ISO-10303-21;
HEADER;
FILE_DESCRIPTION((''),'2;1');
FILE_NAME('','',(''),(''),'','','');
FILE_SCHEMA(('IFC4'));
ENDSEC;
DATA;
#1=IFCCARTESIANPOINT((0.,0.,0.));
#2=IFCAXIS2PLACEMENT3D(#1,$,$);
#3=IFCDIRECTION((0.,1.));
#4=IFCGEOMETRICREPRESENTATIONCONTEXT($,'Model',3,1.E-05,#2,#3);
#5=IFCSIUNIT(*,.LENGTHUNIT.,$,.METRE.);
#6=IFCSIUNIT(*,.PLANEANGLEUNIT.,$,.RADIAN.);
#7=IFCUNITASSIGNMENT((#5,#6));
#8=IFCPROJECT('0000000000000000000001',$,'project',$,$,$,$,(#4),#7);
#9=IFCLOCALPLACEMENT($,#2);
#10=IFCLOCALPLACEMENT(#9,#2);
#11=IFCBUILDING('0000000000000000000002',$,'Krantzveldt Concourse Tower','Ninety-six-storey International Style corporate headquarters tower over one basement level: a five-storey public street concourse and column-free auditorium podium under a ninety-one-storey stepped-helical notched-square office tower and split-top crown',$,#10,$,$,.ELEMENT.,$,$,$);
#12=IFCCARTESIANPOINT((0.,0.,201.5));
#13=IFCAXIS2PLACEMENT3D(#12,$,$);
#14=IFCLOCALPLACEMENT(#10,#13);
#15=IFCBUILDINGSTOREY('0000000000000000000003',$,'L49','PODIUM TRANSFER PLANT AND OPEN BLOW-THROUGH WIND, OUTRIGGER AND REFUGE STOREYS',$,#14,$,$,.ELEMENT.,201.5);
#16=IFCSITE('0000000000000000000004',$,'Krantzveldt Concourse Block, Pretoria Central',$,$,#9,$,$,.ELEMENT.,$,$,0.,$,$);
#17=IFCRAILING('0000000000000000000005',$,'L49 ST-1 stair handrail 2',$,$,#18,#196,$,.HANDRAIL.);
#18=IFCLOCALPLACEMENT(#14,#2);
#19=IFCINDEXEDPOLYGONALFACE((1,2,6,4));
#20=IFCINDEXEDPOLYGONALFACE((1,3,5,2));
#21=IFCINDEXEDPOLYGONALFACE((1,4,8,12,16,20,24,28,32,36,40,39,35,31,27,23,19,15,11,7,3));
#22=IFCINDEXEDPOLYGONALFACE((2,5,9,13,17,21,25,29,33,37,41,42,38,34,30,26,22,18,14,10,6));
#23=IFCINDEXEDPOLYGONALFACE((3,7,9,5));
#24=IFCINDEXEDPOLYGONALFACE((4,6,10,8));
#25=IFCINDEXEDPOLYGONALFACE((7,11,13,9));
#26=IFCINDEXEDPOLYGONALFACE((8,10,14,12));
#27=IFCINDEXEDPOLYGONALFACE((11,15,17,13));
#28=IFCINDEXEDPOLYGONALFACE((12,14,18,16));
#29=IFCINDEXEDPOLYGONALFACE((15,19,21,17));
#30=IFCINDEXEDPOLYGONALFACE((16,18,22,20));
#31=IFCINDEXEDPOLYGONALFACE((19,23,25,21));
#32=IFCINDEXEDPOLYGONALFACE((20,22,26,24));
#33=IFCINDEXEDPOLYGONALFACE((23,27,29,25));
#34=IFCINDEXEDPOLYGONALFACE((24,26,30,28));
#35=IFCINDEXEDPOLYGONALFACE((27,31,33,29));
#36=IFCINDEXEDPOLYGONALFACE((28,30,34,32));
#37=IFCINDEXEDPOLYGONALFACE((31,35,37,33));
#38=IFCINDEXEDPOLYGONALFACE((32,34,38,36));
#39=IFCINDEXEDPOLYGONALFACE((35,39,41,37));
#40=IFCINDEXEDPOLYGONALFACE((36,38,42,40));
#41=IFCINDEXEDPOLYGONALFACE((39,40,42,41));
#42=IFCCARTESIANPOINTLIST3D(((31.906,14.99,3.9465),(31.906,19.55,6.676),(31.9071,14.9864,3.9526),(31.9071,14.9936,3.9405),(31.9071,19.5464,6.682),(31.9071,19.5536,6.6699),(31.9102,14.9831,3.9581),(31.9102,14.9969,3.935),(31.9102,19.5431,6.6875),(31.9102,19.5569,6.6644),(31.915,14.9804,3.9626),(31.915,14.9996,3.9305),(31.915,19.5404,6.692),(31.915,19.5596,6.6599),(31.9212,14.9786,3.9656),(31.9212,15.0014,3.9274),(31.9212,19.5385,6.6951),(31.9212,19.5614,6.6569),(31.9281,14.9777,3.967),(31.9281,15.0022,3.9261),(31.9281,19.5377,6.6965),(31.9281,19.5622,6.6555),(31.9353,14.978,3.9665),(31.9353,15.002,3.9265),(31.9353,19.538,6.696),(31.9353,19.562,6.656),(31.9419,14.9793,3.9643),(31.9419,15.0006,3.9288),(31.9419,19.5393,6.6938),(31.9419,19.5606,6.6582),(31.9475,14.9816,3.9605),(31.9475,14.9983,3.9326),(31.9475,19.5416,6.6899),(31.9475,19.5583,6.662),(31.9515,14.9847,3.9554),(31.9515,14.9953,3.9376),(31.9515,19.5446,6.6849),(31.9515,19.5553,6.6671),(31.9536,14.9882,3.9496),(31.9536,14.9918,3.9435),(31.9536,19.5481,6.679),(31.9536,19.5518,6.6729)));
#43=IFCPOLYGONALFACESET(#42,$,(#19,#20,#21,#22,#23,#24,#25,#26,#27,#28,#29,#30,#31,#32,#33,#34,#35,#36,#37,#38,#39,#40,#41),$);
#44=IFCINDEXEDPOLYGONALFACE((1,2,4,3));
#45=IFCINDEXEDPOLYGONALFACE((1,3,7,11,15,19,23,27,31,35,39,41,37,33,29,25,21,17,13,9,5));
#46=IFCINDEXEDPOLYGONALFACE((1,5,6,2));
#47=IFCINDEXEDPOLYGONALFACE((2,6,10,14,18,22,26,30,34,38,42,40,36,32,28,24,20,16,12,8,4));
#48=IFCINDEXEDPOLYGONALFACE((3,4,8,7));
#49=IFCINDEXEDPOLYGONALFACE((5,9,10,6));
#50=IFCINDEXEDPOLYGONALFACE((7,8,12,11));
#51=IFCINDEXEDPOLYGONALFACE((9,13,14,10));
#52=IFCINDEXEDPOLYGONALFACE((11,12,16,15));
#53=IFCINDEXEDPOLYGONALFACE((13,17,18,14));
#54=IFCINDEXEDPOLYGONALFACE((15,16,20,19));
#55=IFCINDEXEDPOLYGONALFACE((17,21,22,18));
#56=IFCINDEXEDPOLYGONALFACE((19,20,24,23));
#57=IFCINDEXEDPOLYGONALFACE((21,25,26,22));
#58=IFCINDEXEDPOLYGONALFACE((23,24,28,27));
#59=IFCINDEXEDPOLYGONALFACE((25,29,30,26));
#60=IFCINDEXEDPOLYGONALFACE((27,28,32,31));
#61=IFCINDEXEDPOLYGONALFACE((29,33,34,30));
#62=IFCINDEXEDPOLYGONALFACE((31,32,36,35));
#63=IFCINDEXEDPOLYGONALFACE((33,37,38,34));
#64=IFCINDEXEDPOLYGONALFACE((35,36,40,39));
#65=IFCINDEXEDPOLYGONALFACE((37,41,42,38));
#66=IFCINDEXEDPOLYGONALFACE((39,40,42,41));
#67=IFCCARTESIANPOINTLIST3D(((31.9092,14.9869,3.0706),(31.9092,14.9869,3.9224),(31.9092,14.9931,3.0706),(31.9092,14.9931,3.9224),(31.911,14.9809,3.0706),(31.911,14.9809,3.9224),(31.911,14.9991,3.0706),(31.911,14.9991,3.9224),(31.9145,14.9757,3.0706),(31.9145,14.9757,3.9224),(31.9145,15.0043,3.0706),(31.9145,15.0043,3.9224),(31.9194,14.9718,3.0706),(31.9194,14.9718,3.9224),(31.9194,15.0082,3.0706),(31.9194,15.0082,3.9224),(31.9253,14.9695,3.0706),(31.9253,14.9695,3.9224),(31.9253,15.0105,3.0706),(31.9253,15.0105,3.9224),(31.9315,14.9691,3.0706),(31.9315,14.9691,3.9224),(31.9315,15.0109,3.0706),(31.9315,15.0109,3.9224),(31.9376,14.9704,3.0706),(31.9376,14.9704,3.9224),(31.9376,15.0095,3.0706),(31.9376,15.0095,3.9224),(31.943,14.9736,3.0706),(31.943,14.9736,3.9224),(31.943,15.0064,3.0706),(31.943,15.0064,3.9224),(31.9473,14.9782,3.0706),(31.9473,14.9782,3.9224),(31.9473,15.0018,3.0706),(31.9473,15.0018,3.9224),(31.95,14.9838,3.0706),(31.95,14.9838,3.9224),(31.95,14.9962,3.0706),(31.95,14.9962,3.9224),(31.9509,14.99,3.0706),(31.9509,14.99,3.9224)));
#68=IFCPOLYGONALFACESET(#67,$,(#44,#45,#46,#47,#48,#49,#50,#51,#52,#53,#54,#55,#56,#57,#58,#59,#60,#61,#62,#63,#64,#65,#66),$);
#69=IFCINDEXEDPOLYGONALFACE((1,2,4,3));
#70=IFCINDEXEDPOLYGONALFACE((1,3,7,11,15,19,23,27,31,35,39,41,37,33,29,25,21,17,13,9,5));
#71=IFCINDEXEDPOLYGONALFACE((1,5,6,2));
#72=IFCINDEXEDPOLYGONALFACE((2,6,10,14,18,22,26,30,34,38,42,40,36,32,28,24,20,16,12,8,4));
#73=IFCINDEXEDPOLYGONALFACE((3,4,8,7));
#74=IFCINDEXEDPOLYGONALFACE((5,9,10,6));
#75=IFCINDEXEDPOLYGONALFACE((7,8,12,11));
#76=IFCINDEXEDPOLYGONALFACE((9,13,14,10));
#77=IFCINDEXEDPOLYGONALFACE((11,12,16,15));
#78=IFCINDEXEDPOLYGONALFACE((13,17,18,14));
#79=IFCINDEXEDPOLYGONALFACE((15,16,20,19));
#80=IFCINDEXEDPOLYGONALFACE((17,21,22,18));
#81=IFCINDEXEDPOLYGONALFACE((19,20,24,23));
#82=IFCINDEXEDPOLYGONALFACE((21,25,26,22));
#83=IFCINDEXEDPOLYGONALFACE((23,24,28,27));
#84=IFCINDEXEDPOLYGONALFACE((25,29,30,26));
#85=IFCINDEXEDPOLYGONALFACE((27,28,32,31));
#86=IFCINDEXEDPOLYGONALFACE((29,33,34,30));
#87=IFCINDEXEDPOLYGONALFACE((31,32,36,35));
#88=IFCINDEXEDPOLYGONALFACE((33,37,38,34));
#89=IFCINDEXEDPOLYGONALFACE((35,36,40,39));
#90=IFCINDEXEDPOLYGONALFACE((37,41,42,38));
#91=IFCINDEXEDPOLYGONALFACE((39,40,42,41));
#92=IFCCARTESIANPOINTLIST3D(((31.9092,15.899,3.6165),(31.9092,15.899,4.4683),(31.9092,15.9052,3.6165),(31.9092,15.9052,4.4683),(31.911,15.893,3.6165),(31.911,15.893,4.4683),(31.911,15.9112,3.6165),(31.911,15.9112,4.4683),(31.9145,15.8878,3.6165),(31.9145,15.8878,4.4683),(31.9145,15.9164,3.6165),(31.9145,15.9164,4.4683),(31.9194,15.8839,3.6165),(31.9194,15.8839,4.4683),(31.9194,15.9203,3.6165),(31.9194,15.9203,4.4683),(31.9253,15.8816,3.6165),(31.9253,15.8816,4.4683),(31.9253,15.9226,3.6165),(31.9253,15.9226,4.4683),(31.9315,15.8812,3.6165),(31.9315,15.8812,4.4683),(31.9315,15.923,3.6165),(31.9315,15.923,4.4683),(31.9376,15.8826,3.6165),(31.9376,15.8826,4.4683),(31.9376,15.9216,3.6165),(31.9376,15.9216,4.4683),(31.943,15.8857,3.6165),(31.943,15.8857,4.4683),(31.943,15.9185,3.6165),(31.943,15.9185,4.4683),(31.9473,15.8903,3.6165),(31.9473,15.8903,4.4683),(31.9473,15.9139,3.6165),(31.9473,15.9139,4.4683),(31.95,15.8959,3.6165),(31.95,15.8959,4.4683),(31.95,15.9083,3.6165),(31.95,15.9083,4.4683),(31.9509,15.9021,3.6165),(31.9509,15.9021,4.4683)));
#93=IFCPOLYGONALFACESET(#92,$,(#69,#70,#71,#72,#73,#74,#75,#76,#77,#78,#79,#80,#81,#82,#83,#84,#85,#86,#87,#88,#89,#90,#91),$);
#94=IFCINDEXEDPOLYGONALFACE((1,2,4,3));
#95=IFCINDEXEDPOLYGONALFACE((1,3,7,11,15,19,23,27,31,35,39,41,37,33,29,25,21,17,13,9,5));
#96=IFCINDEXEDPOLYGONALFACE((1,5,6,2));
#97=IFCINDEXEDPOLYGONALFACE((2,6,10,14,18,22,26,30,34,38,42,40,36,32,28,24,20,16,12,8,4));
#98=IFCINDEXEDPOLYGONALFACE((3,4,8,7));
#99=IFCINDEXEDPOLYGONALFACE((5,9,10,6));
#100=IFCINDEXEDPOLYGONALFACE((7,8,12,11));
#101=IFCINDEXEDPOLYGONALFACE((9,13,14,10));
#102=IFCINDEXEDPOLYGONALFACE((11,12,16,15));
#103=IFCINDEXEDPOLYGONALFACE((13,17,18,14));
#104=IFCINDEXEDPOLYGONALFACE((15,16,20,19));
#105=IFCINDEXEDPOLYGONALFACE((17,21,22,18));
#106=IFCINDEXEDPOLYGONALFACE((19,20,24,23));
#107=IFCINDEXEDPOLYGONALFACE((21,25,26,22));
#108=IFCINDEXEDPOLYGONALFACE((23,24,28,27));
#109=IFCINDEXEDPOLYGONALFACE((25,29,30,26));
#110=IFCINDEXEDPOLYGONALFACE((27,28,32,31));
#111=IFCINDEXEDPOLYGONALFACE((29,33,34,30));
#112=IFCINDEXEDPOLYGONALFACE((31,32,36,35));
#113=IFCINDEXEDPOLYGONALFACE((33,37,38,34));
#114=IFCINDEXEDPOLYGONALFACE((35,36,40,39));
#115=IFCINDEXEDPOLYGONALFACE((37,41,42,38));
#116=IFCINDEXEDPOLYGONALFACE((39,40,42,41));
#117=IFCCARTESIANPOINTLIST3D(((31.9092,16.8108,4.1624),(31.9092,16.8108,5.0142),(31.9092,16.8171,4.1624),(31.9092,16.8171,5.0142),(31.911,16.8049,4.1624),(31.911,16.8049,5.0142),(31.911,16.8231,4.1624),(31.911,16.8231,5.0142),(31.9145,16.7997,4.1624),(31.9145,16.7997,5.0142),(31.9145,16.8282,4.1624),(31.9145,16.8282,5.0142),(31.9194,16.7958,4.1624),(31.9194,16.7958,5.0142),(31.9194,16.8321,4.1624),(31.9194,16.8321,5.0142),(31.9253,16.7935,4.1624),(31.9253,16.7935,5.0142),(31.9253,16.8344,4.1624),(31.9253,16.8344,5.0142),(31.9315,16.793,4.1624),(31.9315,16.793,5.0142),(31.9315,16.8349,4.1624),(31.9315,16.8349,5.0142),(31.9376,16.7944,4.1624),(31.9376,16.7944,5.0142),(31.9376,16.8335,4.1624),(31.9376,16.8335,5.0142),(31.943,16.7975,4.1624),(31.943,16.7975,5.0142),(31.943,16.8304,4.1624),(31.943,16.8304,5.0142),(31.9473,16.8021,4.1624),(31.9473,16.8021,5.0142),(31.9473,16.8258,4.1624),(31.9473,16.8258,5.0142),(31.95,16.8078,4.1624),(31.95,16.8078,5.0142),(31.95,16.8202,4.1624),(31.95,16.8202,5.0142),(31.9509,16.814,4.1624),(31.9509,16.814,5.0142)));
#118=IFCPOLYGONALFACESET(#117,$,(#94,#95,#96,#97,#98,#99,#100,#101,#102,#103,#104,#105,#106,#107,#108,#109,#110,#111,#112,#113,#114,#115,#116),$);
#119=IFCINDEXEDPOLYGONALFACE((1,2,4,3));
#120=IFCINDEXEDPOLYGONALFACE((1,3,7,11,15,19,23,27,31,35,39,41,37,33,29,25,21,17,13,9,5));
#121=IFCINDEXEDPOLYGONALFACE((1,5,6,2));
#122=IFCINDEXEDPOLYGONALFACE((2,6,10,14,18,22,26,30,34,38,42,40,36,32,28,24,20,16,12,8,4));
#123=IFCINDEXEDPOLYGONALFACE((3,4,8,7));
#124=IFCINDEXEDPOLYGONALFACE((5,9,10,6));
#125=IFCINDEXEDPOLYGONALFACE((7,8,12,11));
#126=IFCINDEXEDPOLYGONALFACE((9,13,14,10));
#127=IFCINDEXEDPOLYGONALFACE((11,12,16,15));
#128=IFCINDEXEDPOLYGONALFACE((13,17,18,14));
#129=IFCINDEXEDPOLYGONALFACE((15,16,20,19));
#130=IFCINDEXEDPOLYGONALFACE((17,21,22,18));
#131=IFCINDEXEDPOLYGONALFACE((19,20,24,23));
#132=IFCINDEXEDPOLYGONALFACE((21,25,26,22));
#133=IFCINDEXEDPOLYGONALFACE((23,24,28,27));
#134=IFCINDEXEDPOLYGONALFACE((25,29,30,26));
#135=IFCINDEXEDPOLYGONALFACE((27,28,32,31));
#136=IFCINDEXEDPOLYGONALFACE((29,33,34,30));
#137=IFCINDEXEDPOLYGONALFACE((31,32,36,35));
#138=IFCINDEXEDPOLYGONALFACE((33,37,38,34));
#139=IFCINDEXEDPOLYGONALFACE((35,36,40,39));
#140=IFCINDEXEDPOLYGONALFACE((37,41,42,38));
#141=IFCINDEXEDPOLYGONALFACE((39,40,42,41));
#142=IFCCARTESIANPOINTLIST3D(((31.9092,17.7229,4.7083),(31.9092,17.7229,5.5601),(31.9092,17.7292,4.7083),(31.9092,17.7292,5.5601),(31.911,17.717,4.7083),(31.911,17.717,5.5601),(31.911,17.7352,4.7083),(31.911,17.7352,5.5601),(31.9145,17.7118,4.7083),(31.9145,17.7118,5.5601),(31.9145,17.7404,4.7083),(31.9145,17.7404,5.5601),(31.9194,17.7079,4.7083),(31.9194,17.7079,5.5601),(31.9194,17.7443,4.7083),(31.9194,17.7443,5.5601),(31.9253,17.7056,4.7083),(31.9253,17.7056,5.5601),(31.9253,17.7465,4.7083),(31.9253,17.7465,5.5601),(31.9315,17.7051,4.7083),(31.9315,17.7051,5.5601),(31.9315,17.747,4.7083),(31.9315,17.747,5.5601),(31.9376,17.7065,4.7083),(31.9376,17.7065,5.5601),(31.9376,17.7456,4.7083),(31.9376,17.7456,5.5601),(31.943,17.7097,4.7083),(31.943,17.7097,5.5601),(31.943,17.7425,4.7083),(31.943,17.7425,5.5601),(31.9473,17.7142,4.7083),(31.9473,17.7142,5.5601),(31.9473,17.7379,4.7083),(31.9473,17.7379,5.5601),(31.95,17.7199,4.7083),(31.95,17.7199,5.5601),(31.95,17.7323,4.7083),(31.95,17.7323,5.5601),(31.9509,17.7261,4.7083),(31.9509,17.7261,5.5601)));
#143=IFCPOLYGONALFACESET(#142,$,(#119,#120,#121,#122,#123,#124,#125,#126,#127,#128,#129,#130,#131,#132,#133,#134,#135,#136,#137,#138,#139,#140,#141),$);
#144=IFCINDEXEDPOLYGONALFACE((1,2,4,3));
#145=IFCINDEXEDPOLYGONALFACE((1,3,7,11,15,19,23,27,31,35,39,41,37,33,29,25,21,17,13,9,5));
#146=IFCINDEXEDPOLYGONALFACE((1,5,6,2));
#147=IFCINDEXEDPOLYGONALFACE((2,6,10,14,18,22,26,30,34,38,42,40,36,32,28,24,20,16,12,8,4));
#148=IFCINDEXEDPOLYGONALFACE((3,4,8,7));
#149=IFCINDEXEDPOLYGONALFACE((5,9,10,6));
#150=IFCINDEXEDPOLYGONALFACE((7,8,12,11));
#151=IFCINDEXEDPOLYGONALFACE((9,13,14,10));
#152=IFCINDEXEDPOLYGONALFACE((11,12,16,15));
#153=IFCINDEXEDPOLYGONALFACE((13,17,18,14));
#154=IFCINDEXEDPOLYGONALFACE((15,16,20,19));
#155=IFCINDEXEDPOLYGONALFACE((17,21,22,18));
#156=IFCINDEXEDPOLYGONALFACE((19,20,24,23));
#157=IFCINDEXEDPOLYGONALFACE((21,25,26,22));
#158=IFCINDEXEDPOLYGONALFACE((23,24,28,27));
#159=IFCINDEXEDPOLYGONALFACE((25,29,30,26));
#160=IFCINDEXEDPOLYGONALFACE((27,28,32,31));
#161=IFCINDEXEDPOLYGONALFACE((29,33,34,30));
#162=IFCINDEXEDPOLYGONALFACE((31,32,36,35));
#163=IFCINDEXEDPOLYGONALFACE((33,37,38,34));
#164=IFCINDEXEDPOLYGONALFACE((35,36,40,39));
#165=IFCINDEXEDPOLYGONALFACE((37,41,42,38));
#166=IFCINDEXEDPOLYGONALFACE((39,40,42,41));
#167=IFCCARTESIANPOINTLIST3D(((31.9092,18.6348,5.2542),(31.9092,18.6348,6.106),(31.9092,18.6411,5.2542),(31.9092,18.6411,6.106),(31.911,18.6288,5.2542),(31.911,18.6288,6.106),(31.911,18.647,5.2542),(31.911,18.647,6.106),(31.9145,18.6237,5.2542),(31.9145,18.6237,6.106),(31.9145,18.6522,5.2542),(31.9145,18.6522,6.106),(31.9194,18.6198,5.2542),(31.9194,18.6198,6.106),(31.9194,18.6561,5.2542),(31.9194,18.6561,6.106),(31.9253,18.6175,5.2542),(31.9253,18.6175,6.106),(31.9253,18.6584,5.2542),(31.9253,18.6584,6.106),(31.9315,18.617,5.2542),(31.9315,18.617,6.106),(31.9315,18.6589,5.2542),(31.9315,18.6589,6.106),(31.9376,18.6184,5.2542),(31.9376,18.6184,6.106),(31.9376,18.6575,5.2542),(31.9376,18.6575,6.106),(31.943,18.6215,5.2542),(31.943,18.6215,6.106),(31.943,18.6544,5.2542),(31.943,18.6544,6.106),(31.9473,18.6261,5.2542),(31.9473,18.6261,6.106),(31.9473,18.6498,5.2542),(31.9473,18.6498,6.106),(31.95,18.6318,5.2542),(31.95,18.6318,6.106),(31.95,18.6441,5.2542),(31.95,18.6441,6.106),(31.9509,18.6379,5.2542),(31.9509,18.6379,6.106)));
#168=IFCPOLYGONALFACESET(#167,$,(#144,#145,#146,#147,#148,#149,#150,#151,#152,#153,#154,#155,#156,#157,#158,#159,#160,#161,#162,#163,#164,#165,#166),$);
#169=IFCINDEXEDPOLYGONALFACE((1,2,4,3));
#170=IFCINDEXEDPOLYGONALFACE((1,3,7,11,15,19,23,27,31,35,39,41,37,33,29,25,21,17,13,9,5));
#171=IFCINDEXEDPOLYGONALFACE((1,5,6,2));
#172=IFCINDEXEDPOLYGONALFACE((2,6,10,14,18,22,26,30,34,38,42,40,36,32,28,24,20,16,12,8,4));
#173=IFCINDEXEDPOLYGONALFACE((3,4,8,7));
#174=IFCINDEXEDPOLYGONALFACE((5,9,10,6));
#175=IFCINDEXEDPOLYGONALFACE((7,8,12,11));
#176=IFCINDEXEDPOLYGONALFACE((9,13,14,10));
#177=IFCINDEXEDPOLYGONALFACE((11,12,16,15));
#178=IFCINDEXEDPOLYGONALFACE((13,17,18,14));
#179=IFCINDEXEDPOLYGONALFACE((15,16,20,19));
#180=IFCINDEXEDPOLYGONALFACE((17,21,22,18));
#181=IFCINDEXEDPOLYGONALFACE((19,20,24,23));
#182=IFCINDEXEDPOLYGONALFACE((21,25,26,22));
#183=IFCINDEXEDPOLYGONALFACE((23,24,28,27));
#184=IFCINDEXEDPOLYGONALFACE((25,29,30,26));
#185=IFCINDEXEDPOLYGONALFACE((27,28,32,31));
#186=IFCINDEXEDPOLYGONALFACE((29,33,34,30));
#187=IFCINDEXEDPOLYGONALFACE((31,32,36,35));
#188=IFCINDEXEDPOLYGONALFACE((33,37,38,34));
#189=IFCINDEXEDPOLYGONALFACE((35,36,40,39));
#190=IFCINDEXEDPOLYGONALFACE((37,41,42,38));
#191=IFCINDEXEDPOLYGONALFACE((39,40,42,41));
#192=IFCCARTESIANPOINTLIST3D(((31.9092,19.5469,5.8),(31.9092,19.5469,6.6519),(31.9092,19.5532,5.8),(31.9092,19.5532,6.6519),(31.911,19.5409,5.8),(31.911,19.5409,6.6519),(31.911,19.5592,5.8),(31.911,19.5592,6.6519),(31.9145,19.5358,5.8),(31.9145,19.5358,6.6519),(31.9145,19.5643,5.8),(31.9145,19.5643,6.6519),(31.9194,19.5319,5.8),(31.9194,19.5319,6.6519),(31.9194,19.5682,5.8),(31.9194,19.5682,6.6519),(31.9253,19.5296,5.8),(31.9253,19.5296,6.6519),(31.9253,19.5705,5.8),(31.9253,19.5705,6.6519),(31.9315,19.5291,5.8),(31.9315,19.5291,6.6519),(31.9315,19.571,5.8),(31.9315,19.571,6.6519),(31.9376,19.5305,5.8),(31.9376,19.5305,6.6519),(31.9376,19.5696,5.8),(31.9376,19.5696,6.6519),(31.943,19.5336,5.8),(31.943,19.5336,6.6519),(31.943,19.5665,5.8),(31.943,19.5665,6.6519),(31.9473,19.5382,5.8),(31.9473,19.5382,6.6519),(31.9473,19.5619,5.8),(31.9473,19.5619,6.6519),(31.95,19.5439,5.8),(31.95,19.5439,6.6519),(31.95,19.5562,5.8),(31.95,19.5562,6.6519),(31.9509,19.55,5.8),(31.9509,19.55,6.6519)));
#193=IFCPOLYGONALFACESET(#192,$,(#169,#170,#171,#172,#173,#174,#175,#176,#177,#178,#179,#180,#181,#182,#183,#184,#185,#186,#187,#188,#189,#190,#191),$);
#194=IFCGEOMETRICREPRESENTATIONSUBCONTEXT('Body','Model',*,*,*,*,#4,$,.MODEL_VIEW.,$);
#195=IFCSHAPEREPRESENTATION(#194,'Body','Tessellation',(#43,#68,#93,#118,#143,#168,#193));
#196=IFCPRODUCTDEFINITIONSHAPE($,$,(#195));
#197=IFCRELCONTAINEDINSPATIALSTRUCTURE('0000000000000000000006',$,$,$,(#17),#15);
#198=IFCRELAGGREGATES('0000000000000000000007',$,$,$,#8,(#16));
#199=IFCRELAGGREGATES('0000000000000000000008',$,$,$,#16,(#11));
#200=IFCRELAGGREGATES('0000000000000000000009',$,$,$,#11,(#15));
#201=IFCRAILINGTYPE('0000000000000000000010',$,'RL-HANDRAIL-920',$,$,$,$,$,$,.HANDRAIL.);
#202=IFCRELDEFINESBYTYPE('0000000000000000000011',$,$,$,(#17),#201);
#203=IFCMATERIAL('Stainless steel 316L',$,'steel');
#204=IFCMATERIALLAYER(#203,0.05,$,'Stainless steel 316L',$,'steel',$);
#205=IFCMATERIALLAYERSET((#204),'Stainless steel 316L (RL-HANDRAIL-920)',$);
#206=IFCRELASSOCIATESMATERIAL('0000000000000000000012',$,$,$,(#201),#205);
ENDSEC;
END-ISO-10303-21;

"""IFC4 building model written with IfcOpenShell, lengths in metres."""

from ifc_helpers import new_model, si_unit, direction, frame, origin, origin_2d, place, context, subcontext, project, spatial, circle, extrude, material, layer, layer_set, type_object, element, save


model = new_model("IFC4")

# Units and contexts
model_context = context("Model", 3, precision=1e-05, world=origin(), true_north=direction((0.0, 1.0)))
body_context = subcontext(model_context, "Body", "Model", "MODEL_VIEW")
ifc_project = project(units=[si_unit("LENGTHUNIT", "METRE"), si_unit("PLANEANGLEUNIT", "RADIAN")], contexts=[model_context])

# Site, building, storey
site_placement = place(None, origin())
site = spatial("IfcSite", under=ifc_project, at=site_placement, Name="Krantzveldt Concourse Block, Pretoria Central", CompositionType="ELEMENT", RefElevation=0.0)
building_placement = place(site_placement, origin())
building = spatial("IfcBuilding", under=site, at=building_placement, Name="Krantzveldt Concourse Tower", Description="Ninety-six-storey International Style corporate headquarters tower over one basement level: a five-storey public street concourse and column-free auditorium podium under a ninety-one-storey stepped-helical notched-square office tower and split-top crown", CompositionType="ELEMENT")
storey_placement = place(building_placement, frame((0.0, 0.0, 201.5)))
storey = spatial("IfcBuildingStorey", under=building, at=storey_placement, Name="L49", Description="PODIUM TRANSFER PLANT AND OPEN BLOW-THROUGH WIND, OUTRIGGER AND REFUGE STOREYS", CompositionType="ELEMENT", Elevation=201.5)

# Shared definitions
ifc_material_1 = material(Name="Stainless steel 316L", Category="steel")

# Railing
ifc_layer_1 = layer(ifc_material_1, 0.05, Name="Stainless steel 316L", Category="steel")
ifc_layer_set_1 = layer_set([ifc_layer_1], Name="Stainless steel 316L (RL-HANDRAIL-920)")
railing_type_1 = type_object("IfcRailingType", Name="RL-HANDRAIL-920", PredefinedType="HANDRAIL", material=ifc_layer_set_1)
railing_1_placement = place(storey_placement, frame((31.9299, 14.99, 3.0706)))
element("IfcRailing", 1, at=railing_1_placement, inside=storey, type_object=railing_type_1, Name="L49 ST-1 stair handrail 2", PredefinedType="HANDRAIL", context=body_context, shape_type="SweptSolid", body=[
    extrude(circle(Radius=0.0239, at=origin_2d()), frame((0.0, 0.0, 0.876), z_axis=(0.0, 0.858036, 0.51359), x_axis=(-1.0, 0.0, 0.0)), (0.0, 0.0, 1.0), 5.3145),
    extrude(circle(Radius=0.021, at=origin_2d()), origin(), (0.0, 0.0, 1.0), 0.8518),
    extrude(circle(Radius=0.021, at=origin_2d()), frame((0.0, 0.9121, 0.5459)), (0.0, 0.0, 1.0), 0.8518),
    extrude(circle(Radius=0.021, at=origin_2d()), frame((0.0, 1.824, 1.0918)), (0.0, 0.0, 1.0), 0.8518),
    extrude(circle(Radius=0.021, at=origin_2d()), frame((0.0, 2.7361, 1.6377)), (0.0, 0.0, 1.0), 0.8518),
    extrude(circle(Radius=0.021, at=origin_2d()), frame((0.0, 3.6479, 2.1836)), (0.0, 0.0, 1.0), 0.8518),
    extrude(circle(Radius=0.021, at=origin_2d()), frame((0.0, 4.5601, 2.7295)), (0.0, 0.0, 1.0), 0.8518),
])

save(model, "model.ifc")
